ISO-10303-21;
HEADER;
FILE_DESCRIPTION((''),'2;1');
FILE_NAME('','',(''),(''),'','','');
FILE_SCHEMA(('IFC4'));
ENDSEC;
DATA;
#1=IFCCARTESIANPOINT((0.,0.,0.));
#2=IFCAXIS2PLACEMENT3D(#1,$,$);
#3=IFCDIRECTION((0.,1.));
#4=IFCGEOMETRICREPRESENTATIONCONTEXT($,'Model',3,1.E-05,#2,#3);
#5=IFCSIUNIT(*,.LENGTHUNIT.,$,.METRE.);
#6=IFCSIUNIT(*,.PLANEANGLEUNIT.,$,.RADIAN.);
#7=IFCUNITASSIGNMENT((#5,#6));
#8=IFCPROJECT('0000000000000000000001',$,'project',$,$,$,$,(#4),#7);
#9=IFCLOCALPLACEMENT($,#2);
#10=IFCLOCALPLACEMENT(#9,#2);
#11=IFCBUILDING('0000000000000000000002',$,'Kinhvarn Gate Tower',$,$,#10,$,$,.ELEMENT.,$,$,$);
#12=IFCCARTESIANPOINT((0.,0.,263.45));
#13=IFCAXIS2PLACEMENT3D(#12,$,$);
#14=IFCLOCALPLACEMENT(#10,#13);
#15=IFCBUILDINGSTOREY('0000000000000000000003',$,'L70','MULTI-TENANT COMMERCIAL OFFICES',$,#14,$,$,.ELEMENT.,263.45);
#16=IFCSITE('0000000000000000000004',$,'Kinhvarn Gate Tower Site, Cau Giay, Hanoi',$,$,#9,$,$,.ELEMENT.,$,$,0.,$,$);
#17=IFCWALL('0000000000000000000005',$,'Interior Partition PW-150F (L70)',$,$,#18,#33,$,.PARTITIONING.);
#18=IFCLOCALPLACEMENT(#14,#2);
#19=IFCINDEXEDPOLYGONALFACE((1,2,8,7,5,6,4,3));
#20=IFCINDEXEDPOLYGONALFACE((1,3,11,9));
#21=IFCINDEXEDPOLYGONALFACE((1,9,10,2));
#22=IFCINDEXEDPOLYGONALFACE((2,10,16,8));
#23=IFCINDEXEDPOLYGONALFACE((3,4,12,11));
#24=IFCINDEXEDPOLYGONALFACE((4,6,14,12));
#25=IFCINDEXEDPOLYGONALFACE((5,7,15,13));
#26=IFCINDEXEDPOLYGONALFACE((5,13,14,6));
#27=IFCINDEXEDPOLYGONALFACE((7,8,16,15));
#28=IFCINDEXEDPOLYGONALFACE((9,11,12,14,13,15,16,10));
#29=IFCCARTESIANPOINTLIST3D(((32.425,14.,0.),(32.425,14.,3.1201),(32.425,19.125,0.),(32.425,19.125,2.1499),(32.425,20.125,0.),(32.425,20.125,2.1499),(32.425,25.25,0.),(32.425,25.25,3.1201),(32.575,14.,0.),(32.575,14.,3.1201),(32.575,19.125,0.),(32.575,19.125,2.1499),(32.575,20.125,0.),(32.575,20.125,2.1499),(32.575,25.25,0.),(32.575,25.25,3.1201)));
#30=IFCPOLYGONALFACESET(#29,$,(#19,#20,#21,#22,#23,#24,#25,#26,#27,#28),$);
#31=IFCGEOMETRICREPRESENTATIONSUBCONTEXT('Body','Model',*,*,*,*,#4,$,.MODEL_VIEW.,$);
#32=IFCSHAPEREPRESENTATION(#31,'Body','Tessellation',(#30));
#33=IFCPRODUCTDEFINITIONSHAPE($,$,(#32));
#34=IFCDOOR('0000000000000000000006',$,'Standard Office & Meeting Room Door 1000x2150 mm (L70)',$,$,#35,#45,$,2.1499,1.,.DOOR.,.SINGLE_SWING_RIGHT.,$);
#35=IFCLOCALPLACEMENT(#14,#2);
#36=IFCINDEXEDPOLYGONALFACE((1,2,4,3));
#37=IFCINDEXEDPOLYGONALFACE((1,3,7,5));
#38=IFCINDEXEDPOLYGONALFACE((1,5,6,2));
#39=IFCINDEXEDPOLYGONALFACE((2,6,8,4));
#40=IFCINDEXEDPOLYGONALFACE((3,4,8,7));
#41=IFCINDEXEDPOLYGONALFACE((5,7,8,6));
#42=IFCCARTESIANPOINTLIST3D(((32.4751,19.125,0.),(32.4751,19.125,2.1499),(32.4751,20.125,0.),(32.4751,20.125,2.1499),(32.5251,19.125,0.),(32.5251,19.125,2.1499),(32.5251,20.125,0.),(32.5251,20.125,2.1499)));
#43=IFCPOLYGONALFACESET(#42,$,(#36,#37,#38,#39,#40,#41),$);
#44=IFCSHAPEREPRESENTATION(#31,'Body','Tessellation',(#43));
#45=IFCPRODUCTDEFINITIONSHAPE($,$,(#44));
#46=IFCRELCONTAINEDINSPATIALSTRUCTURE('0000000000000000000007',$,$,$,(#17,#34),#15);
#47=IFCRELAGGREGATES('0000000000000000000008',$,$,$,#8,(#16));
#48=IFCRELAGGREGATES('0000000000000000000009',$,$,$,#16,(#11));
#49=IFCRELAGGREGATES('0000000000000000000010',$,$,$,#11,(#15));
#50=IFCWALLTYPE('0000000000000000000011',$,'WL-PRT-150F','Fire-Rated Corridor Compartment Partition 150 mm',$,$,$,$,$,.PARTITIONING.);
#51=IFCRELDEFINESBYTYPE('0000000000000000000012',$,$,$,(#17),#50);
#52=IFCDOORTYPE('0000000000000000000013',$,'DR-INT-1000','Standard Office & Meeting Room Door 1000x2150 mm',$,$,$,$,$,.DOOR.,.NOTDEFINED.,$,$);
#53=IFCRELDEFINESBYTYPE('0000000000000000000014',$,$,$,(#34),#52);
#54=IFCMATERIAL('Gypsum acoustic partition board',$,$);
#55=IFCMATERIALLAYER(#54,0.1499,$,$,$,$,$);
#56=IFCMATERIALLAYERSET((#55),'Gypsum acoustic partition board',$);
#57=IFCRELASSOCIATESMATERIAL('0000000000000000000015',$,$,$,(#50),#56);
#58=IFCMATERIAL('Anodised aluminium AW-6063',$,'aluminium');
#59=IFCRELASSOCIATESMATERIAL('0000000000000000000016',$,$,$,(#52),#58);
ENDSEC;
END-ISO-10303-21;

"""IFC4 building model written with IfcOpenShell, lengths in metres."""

from ifc_helpers import new_model, si_unit, direction, frame, frame_2d, origin, place, context, subcontext, project, spatial, rectangle, extrude, material, layer, layer_set, type_object, element, fill, save


model = new_model("IFC4")

# Units and contexts
model_context = context("Model", 3, precision=1e-05, world=origin(), true_north=direction((0.0, 1.0)))
body_context = subcontext(model_context, "Body", "Model", "MODEL_VIEW")
ifc_project = project(units=[si_unit("LENGTHUNIT", "METRE"), si_unit("PLANEANGLEUNIT", "RADIAN")], contexts=[model_context])

# Site, building, storey
site_placement = place(None, origin())
site = spatial("IfcSite", under=ifc_project, at=site_placement, Name="Kinhvarn Gate Tower Site, Cau Giay, Hanoi", CompositionType="ELEMENT", RefElevation=0.0)
building_placement = place(site_placement, origin())
building = spatial("IfcBuilding", under=site, at=building_placement, Name="Kinhvarn Gate Tower", CompositionType="ELEMENT")
storey_placement = place(building_placement, frame((0.0, 0.0, 263.45)))
storey = spatial("IfcBuildingStorey", under=building, at=storey_placement, Name="L70", Description="MULTI-TENANT COMMERCIAL OFFICES", CompositionType="ELEMENT", Elevation=263.45)

# Shared definitions
ifc_material_1 = material(Name="Anodised aluminium AW-6063", Category="aluminium")

# Wall, opening, door
ifc_material_2 = material(Name="Gypsum acoustic partition board")
ifc_layer_1 = layer(ifc_material_2, 0.1499)
ifc_layer_set_1 = layer_set([ifc_layer_1], Name="Gypsum acoustic partition board")
wall_type = type_object("IfcWallType", Name="WL-PRT-150F", Description="Fire-Rated Corridor Compartment Partition 150 mm", PredefinedType="PARTITIONING", material=ifc_layer_set_1)
wall_placement = place(storey_placement, frame((32.5, 14.0, 0.0), z_axis=(0.0, 0.0, 1.0), x_axis=(0.0, 1.0, 0.0)))
wall = element("IfcWall", 1, at=wall_placement, inside=storey, type_object=wall_type, Name="Interior Partition PW-150F (L70)", PredefinedType="PARTITIONING", context=body_context, shape_type="SweptSolid", body=[
    extrude(rectangle(XDim=11.25, YDim=0.1499, at=frame_2d((5.625, 0.0))), origin(), (0.0, 0.0, 1.0), 3.1201),
])
opening_placement = place(wall_placement, frame((5.125, 0.0, 0.0)))
opening = element("IfcOpeningElement", 2, at=opening_placement, cuts=wall, PredefinedType="OPENING", context=body_context, shape_type="SweptSolid", body=[
    extrude(rectangle(XDim=1.0, YDim=2.1499, at=frame_2d((0.5, 1.075))), frame((0.0, 0.085, 0.0), z_axis=(0.0, -1.0, 0.0), x_axis=(1.0, 0.0, 0.0)), (0.0, 0.0, 1.0), 0.1699),
])
door_type = type_object("IfcDoorType", Name="DR-INT-1000", Description="Standard Office & Meeting Room Door 1000x2150 mm", OperationType="NOTDEFINED", PredefinedType="DOOR", material=ifc_material_1)
door_placement = place(opening_placement, origin())
door = element("IfcDoor", 3, at=door_placement, inside=storey, type_object=door_type, Name="Standard Office & Meeting Room Door 1000x2150 mm (L70)", OperationType="SINGLE_SWING_RIGHT", OverallHeight=2.1499, OverallWidth=1.0, PredefinedType="DOOR", context=body_context, shape_type="SweptSolid", body=[
    extrude(rectangle(XDim=1.0, YDim=2.1499, at=frame_2d((0.5, 1.075))), frame((0.0, 0.0249, 0.0), z_axis=(0.0, -1.0, 0.0), x_axis=(1.0, 0.0, 0.0)), (0.0, 0.0, 1.0), 0.05),
])
fill(opening, door)

save(model, "model.ifc")
